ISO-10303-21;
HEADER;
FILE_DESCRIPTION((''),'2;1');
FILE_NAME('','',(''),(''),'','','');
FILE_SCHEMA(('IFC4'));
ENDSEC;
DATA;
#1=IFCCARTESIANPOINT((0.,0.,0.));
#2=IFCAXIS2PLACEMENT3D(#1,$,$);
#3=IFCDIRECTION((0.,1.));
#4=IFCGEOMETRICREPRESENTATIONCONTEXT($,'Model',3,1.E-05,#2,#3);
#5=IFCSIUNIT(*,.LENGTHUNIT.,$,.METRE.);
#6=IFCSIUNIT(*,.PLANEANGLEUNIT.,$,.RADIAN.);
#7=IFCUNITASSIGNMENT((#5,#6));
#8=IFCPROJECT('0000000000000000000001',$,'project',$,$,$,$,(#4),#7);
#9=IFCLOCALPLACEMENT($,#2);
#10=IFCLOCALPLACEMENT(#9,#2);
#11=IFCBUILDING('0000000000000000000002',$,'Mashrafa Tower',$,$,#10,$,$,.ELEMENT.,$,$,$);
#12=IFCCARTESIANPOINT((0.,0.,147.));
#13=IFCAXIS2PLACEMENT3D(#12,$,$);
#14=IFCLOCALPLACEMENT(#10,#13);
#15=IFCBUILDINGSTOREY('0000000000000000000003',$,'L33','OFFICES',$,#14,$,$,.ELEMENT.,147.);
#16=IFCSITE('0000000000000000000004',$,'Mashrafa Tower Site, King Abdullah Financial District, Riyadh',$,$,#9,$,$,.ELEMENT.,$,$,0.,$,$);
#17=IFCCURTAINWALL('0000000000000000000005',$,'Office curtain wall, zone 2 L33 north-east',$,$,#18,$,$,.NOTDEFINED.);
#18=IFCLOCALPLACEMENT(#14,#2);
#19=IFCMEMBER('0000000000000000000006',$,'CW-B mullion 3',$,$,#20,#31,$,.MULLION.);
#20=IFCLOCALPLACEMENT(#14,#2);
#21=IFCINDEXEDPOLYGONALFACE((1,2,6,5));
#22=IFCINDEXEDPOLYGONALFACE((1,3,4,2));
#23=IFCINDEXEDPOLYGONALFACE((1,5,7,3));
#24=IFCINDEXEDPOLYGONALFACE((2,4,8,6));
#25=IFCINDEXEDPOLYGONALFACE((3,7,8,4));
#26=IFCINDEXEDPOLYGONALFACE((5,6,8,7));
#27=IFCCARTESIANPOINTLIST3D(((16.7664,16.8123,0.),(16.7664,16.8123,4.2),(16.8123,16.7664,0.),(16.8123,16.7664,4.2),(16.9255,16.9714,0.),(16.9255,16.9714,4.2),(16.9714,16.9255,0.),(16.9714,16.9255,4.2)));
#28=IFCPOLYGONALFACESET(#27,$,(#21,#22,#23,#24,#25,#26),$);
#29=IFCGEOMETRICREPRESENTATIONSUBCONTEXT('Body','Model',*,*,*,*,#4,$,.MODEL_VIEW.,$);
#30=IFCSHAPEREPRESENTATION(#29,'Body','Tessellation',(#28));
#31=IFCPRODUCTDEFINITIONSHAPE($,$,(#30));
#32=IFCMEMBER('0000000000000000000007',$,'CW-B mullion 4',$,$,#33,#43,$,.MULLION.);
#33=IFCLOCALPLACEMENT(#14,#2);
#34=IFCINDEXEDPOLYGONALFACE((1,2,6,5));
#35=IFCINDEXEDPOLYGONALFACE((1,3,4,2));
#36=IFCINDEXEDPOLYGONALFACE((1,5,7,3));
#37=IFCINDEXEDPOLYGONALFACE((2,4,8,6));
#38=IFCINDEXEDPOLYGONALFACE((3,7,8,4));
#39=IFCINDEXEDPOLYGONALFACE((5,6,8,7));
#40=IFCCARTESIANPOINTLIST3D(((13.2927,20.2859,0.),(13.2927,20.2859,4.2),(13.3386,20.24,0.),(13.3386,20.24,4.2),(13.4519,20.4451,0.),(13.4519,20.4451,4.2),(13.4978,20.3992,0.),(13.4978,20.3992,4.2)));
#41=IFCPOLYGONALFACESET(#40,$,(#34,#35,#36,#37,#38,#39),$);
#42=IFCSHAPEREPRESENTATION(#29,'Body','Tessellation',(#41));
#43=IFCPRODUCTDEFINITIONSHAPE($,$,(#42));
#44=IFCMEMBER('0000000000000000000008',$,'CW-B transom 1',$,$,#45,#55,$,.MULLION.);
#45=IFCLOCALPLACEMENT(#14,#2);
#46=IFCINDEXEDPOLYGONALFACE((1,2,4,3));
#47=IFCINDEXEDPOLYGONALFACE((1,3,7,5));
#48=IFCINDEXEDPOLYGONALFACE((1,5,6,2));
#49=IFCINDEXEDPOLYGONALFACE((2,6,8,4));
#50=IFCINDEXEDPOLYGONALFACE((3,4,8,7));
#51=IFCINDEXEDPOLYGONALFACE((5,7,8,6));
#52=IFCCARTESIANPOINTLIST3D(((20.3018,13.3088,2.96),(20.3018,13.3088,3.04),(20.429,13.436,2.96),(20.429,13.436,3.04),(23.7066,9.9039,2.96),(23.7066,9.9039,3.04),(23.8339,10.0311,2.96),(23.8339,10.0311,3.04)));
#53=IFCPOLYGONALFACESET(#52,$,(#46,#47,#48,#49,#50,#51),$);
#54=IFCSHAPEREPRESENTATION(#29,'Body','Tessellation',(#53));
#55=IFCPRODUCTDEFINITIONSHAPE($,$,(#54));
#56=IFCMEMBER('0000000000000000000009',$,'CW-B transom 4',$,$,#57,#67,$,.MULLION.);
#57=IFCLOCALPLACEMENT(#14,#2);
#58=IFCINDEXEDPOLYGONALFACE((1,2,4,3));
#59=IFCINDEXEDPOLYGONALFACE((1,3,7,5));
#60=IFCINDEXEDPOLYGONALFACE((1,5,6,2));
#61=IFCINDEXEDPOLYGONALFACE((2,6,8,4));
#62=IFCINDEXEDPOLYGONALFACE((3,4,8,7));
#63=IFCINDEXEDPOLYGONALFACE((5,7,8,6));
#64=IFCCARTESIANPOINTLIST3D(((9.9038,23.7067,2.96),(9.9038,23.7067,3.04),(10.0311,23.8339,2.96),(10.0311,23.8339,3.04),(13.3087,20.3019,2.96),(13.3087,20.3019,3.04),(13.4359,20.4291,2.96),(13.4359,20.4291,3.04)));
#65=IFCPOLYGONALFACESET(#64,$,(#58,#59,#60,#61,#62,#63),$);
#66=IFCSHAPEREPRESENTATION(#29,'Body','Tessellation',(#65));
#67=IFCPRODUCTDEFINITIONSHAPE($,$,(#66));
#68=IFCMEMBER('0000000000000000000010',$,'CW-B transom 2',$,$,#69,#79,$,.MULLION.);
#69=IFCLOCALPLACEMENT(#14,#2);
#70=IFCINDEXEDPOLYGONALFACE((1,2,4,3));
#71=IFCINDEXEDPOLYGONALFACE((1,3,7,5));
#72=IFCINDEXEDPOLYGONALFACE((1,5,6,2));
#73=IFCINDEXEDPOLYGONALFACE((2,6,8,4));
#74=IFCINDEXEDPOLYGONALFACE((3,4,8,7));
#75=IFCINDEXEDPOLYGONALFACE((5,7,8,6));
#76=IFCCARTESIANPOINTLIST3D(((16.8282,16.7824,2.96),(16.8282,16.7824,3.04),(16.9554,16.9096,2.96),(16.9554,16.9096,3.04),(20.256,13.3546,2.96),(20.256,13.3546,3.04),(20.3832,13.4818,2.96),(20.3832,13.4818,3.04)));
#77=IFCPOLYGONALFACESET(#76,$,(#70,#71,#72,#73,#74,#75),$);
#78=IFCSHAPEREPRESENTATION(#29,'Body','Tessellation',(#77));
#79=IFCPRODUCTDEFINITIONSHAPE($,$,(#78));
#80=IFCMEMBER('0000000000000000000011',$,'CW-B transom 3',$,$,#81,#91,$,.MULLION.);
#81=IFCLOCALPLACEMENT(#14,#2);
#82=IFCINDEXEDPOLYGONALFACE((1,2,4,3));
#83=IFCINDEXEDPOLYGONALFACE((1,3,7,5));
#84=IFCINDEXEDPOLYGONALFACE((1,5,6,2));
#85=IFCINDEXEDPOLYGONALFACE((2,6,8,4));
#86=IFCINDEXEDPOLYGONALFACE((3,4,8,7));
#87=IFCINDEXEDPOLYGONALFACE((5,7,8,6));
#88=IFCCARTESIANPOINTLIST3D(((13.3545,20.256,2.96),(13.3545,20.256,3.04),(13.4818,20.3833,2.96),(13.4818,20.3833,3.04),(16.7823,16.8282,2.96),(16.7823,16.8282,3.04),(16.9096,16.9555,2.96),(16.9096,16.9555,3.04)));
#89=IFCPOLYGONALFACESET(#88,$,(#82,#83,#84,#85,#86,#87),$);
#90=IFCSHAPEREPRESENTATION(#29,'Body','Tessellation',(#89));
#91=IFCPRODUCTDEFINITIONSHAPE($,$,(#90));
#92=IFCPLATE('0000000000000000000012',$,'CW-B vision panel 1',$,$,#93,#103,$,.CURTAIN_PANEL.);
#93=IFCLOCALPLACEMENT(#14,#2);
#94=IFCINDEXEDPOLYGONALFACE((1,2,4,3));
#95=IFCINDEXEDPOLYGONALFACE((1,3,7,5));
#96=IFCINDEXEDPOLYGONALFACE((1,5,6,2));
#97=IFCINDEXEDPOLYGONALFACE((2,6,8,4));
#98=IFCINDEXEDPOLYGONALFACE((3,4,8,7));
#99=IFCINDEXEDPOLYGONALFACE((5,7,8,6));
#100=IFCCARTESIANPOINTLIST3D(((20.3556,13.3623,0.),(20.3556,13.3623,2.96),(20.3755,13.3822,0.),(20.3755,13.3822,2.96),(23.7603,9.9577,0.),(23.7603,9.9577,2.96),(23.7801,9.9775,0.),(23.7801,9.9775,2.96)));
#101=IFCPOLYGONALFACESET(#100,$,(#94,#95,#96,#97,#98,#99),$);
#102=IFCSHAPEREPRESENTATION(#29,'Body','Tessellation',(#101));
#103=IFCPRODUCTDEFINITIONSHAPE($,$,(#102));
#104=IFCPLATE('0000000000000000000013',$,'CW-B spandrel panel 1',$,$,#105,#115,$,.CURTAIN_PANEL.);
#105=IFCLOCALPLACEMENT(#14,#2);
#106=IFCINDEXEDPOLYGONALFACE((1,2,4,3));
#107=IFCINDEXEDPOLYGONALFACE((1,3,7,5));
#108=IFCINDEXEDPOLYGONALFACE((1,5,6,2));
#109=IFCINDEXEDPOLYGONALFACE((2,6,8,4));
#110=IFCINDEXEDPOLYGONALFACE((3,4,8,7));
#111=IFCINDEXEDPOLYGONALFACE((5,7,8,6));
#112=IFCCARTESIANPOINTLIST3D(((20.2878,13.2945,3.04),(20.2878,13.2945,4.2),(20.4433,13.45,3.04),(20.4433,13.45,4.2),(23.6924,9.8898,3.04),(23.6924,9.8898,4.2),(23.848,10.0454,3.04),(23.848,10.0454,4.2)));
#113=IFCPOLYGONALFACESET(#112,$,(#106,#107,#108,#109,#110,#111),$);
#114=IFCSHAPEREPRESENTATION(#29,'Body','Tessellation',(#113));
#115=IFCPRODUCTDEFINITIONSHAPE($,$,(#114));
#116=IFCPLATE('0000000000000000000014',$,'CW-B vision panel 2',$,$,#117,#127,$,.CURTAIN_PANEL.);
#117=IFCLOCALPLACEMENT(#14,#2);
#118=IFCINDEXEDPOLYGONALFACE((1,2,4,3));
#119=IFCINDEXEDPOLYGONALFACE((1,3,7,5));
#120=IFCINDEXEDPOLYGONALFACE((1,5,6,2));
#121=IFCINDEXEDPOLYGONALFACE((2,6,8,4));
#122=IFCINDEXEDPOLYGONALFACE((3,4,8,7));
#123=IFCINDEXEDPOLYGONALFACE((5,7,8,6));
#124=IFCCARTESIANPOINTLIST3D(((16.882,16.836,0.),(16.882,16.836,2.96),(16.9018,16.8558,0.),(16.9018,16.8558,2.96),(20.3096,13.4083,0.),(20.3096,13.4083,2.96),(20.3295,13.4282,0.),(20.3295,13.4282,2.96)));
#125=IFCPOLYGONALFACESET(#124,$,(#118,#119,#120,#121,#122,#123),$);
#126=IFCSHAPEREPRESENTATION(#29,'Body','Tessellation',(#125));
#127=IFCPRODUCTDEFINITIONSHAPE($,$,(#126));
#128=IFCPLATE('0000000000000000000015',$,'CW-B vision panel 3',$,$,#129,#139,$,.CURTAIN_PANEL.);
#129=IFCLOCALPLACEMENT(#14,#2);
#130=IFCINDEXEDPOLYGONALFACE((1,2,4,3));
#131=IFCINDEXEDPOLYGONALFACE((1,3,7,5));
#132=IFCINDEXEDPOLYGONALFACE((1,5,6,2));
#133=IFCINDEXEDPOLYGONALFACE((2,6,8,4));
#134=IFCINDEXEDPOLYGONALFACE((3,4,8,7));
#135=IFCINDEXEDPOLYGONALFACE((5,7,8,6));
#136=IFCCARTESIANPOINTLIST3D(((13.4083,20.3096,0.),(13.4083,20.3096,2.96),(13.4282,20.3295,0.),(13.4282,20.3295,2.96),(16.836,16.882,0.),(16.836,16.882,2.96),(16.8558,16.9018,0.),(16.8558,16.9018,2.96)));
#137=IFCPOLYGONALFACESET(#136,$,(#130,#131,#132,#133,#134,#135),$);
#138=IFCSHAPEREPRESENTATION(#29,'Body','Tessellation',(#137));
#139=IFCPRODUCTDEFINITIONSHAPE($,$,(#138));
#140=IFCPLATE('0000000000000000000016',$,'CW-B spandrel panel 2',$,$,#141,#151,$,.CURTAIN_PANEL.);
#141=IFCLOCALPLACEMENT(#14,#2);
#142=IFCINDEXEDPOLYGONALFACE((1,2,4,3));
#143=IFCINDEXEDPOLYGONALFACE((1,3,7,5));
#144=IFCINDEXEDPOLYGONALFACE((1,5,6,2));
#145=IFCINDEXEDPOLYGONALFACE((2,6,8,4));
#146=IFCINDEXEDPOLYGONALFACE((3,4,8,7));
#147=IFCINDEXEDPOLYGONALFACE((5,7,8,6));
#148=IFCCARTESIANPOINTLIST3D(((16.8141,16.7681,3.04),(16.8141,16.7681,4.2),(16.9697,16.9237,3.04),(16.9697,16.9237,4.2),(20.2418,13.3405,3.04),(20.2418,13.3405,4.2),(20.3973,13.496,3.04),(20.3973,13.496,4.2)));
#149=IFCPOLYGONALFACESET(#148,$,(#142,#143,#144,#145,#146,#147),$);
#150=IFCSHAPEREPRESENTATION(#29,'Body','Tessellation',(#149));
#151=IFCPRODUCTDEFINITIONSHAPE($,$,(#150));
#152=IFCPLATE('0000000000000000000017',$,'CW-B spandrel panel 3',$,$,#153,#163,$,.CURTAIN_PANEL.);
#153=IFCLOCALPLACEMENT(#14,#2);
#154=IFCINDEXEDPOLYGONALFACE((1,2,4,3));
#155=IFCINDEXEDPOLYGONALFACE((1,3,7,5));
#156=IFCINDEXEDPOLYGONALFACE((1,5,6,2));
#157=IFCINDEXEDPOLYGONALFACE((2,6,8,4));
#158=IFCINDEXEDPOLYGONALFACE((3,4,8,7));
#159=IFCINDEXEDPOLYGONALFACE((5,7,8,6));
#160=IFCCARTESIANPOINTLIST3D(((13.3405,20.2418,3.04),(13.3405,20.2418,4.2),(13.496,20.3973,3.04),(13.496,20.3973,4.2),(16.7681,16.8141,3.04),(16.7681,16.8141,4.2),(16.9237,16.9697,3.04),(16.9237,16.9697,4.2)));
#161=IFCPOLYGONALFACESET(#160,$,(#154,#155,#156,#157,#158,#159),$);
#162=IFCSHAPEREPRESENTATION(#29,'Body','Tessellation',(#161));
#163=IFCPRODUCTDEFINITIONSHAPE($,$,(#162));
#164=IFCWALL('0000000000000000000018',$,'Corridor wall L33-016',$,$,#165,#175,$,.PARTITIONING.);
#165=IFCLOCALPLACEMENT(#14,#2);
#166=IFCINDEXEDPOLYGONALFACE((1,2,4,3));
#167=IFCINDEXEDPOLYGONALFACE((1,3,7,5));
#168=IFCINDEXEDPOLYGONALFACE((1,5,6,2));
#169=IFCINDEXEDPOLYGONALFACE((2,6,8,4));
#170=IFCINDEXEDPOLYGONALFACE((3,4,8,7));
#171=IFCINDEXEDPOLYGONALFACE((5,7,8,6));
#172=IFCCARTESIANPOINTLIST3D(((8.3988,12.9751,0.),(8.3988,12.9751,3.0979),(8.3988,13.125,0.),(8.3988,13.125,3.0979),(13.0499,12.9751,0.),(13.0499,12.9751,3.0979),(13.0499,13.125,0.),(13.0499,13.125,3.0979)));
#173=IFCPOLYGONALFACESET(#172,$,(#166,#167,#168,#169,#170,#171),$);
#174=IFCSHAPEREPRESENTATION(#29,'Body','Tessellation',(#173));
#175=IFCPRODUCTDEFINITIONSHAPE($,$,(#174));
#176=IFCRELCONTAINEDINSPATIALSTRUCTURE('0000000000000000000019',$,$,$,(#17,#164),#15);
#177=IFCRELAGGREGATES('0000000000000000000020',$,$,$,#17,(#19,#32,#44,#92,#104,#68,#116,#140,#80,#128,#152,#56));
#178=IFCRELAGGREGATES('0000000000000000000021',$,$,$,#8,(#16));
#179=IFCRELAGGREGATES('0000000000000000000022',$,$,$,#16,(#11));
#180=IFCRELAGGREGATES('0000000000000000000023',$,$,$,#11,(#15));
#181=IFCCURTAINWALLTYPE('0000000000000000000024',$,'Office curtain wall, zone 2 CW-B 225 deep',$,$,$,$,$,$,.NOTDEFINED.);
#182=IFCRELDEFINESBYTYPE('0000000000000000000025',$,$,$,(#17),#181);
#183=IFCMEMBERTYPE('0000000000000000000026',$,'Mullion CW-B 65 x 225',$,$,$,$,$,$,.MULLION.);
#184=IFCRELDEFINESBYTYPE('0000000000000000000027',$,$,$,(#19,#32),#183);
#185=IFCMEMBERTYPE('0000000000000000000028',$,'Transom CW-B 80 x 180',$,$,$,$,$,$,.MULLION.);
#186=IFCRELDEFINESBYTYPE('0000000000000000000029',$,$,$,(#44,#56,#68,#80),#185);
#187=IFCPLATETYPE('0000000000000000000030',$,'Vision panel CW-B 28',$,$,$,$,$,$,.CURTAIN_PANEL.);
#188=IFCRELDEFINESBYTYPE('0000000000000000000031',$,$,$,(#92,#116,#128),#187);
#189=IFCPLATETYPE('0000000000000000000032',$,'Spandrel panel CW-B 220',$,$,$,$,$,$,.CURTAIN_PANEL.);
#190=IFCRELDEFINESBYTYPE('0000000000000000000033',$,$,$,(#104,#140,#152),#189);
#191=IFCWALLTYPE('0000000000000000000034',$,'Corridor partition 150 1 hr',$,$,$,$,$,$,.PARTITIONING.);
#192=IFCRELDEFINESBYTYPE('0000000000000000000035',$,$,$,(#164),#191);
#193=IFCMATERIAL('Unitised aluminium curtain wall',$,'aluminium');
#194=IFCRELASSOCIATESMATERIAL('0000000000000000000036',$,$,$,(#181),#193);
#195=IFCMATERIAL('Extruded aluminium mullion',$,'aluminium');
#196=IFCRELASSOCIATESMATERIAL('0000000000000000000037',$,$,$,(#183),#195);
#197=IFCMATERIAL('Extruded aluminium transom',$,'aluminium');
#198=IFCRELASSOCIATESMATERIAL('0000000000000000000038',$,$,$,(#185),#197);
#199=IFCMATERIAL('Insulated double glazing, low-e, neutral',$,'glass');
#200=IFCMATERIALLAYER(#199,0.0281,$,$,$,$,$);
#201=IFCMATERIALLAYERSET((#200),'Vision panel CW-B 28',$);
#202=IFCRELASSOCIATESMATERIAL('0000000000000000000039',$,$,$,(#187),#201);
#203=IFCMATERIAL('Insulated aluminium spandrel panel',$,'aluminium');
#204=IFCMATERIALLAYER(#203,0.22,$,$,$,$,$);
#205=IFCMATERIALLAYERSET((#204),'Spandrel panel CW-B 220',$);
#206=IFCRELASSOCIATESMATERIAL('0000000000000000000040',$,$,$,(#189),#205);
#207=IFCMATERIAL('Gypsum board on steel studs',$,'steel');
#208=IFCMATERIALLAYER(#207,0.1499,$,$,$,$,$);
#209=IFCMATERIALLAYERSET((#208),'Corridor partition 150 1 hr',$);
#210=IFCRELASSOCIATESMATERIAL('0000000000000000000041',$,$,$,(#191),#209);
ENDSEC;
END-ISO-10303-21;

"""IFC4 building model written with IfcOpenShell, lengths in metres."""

from ifc_helpers import new_model, si_unit, direction, frame, frame_2d, origin, origin_2d, place, context, subcontext, project, spatial, rectangle, extrude, source, transform, mapped, material, layer, layer_set, material_profile, profile_set, type_object, type_shapes, element, aggregate, save


model = new_model("IFC4")

# Units and contexts
model_context = context("Model", 3, precision=1e-05, world=origin(), true_north=direction((0.0, 1.0)))
body_context = subcontext(model_context, "Body", "Model", "MODEL_VIEW")
ifc_project = project(units=[si_unit("LENGTHUNIT", "METRE"), si_unit("PLANEANGLEUNIT", "RADIAN")], contexts=[model_context])

# Site, building, storey
site_placement = place(None, origin())
site = spatial("IfcSite", under=ifc_project, at=site_placement, Name="Mashrafa Tower Site, King Abdullah Financial District, Riyadh", CompositionType="ELEMENT", RefElevation=0.0)
building_placement = place(site_placement, origin())
building = spatial("IfcBuilding", under=site, at=building_placement, Name="Mashrafa Tower", CompositionType="ELEMENT")
storey_placement = place(building_placement, frame((0.0, 0.0, 147.0)))
storey = spatial("IfcBuildingStorey", under=building, at=storey_placement, Name="L33", Description="OFFICES", CompositionType="ELEMENT", Elevation=147.0)

# Shared definitions
ifc_material_1 = material(Name="Unitised aluminium curtain wall", Category="aluminium")
curtain_wall_type = type_object("IfcCurtainWallType", Name="Office curtain wall, zone 2 CW-B 225 deep", PredefinedType="NOTDEFINED", material=ifc_material_1)
ifc_material_2 = material(Name="Extruded aluminium mullion", Category="aluminium")
ifc_material_profile_1 = material_profile(ifc_material_2, rectangle(XDim=0.2251, YDim=0.0649, at=origin_2d()), Name="Mullion 65x225")
ifc_profile_set_1 = profile_set([ifc_material_profile_1], Name="Extruded aluminium mullion")
member_type_1 = type_object("IfcMemberType", Name="Mullion CW-B 65 x 225", PredefinedType="MULLION", material=ifc_profile_set_1)
shared_shape_1 = source(origin(), body_context, "Body", "SweptSolid", [
    extrude(rectangle(XDim=0.2251, YDim=0.0649, at=origin_2d()), origin(), (0.0, 0.0, 1.0), 4.2),
])
type_shapes(member_type_1, [shared_shape_1])

# Curtain wall, members, plates
curtain_wall_1_placement = place(storey_placement, origin())
curtain_wall_1 = element("IfcCurtainWall", 1, at=curtain_wall_1_placement, inside=storey, type_object=curtain_wall_type, Name="Office curtain wall, zone 2 L33 north-east", PredefinedType="NOTDEFINED")
member_1_placement = place(storey_placement, frame((16.8689, 16.8689, 0.0), z_axis=(0.0, 0.0, 1.0), x_axis=(-0.707107, -0.707107, 0.0)))
member_1 = element("IfcMember", 2, at=member_1_placement, type_object=member_type_1, Name="CW-B mullion 3", PredefinedType="MULLION", context=body_context, shape_type="MappedRepresentation", body=[
    mapped(shared_shape_1, transform((0.0, 0.0, 0.0))),
])
member_2_placement = place(storey_placement, frame((13.3953, 20.3425, 0.0), z_axis=(0.0, 0.0, 1.0), x_axis=(-0.707107, -0.707107, 0.0)))
member_2 = element("IfcMember", 3, at=member_2_placement, type_object=member_type_1, Name="CW-B mullion 4", PredefinedType="MULLION", context=body_context, shape_type="MappedRepresentation", body=[
    mapped(shared_shape_1, transform((0.0, 0.0, 0.0))),
])
ifc_material_3 = material(Name="Extruded aluminium transom", Category="aluminium")
ifc_material_profile_2 = material_profile(ifc_material_3, rectangle(XDim=0.1799, YDim=0.0801, at=origin_2d()), Name="Transom 80x180")
ifc_profile_set_2 = profile_set([ifc_material_profile_2], Name="Extruded aluminium transom")
member_type_2 = type_object("IfcMemberType", Name="Transom CW-B 80 x 180", PredefinedType="MULLION", material=ifc_profile_set_2)
shared_shape_2 = source(origin(), body_context, "Body", "SweptSolid", [
    extrude(rectangle(XDim=0.1799, YDim=0.0801, at=origin_2d()), origin(), (0.0, 0.0, 1.0), 4.8152),
])
member_3_placement = place(storey_placement, frame((23.7703, 9.9675, 3.0), z_axis=(-0.707107, 0.707107, 0.0), x_axis=(-0.707107, -0.707107, 0.0)))
member_3 = element("IfcMember", 4, at=member_3_placement, type_object=member_type_2, Name="CW-B transom 1", PredefinedType="MULLION", context=body_context, shape_type="MappedRepresentation", body=[
    mapped(shared_shape_2, transform((0.0, 0.0, 0.0))),
])
member_4_placement = place(storey_placement, frame((13.3723, 20.3655, 3.0), z_axis=(-0.707107, 0.707107, 0.0), x_axis=(-0.707107, -0.707107, 0.0)))
member_4 = element("IfcMember", 5, at=member_4_placement, type_object=member_type_2, Name="CW-B transom 4", PredefinedType="MULLION", context=body_context, shape_type="MappedRepresentation", body=[
    mapped(shared_shape_2, transform((0.0, 0.0, 0.0))),
])
shared_shape_3 = source(origin(), body_context, "Body", "SweptSolid", [
    extrude(rectangle(XDim=0.1799, YDim=0.0801, at=origin_2d()), origin(), (0.0, 0.0, 1.0), 4.8477),
])
type_shapes(member_type_2, [shared_shape_2, shared_shape_3])
member_5_placement = place(storey_placement, frame((20.3196, 13.4182, 3.0), z_axis=(-0.707107, 0.707107, 0.0), x_axis=(-0.707107, -0.707107, 0.0)))
member_5 = element("IfcMember", 6, at=member_5_placement, type_object=member_type_2, Name="CW-B transom 2", PredefinedType="MULLION", context=body_context, shape_type="MappedRepresentation", body=[
    mapped(shared_shape_3, transform((0.0, 0.0, 0.0))),
])
member_6_placement = place(storey_placement, frame((16.8459, 16.8918, 3.0), z_axis=(-0.707107, 0.707107, 0.0), x_axis=(-0.707107, -0.707107, 0.0)))
member_6 = element("IfcMember", 7, at=member_6_placement, type_object=member_type_2, Name="CW-B transom 3", PredefinedType="MULLION", context=body_context, shape_type="MappedRepresentation", body=[
    mapped(shared_shape_3, transform((0.0, 0.0, 0.0))),
])
ifc_material_4 = material(Name="Insulated double glazing, low-e, neutral", Category="glass")
ifc_layer_1 = layer(ifc_material_4, 0.0281)
ifc_layer_set_1 = layer_set([ifc_layer_1], Name="Vision panel CW-B 28")
plate_type_1 = type_object("IfcPlateType", Name="Vision panel CW-B 28", PredefinedType="CURTAIN_PANEL", material=ifc_layer_set_1)
shared_shape_4 = source(origin(), body_context, "Body", "SweptSolid", [
    extrude(rectangle(XDim=4.8149, YDim=0.0281, at=origin_2d()), origin(), (0.0, 0.0, 1.0), 2.96),
])
plate_1_placement = place(storey_placement, frame((22.0679, 11.6699, 0.0), z_axis=(0.0, 0.0, 1.0), x_axis=(-0.707107, 0.707107, 0.0)))
plate_1 = element("IfcPlate", 8, at=plate_1_placement, type_object=plate_type_1, Name="CW-B vision panel 1", PredefinedType="CURTAIN_PANEL", context=body_context, shape_type="MappedRepresentation", body=[
    mapped(shared_shape_4, transform((0.0, 0.0, 0.0))),
])
ifc_material_5 = material(Name="Insulated aluminium spandrel panel", Category="aluminium")
ifc_layer_2 = layer(ifc_material_5, 0.22)
ifc_layer_set_2 = layer_set([ifc_layer_2], Name="Spandrel panel CW-B 220")
plate_type_2 = type_object("IfcPlateType", Name="Spandrel panel CW-B 220", PredefinedType="CURTAIN_PANEL", material=ifc_layer_set_2)
shared_shape_5 = source(origin(), body_context, "Body", "SweptSolid", [
    extrude(rectangle(XDim=4.8149, YDim=0.22, at=origin_2d()), origin(), (0.0, 0.0, 1.0), 1.1599),
])
plate_2_placement = place(storey_placement, frame((22.0679, 11.6699, 3.04), z_axis=(0.0, 0.0, 1.0), x_axis=(-0.707107, 0.707107, 0.0)))
plate_2 = element("IfcPlate", 9, at=plate_2_placement, type_object=plate_type_2, Name="CW-B spandrel panel 1", PredefinedType="CURTAIN_PANEL", context=body_context, shape_type="MappedRepresentation", body=[
    mapped(shared_shape_5, transform((0.0, 0.0, 0.0))),
])
shared_shape_6 = source(origin(), body_context, "Body", "SweptSolid", [
    extrude(rectangle(XDim=4.8474, YDim=0.0281, at=origin_2d()), origin(), (0.0, 0.0, 1.0), 2.96),
])
type_shapes(plate_type_1, [shared_shape_4, shared_shape_6])
plate_3_placement = place(storey_placement, frame((18.6057, 15.1321, 0.0), z_axis=(0.0, 0.0, 1.0), x_axis=(-0.707107, 0.707107, 0.0)))
plate_3 = element("IfcPlate", 10, at=plate_3_placement, type_object=plate_type_1, Name="CW-B vision panel 2", PredefinedType="CURTAIN_PANEL", context=body_context, shape_type="MappedRepresentation", body=[
    mapped(shared_shape_6, transform((0.0, 0.0, 0.0))),
])
plate_4_placement = place(storey_placement, frame((15.1321, 18.6057, 0.0), z_axis=(0.0, 0.0, 1.0), x_axis=(-0.707107, 0.707107, 0.0)))
plate_4 = element("IfcPlate", 11, at=plate_4_placement, type_object=plate_type_1, Name="CW-B vision panel 3", PredefinedType="CURTAIN_PANEL", context=body_context, shape_type="MappedRepresentation", body=[
    mapped(shared_shape_6, transform((0.0, 0.0, 0.0))),
])
shared_shape_7 = source(origin(), body_context, "Body", "SweptSolid", [
    extrude(rectangle(XDim=4.8474, YDim=0.22, at=origin_2d()), origin(), (0.0, 0.0, 1.0), 1.1599),
])
type_shapes(plate_type_2, [shared_shape_5, shared_shape_7])
plate_5_placement = place(storey_placement, frame((18.6057, 15.1321, 3.04), z_axis=(0.0, 0.0, 1.0), x_axis=(-0.707107, 0.707107, 0.0)))
plate_5 = element("IfcPlate", 12, at=plate_5_placement, type_object=plate_type_2, Name="CW-B spandrel panel 2", PredefinedType="CURTAIN_PANEL", context=body_context, shape_type="MappedRepresentation", body=[
    mapped(shared_shape_7, transform((0.0, 0.0, 0.0))),
])
plate_6_placement = place(storey_placement, frame((15.1321, 18.6057, 3.04), z_axis=(0.0, 0.0, 1.0), x_axis=(-0.707107, 0.707107, 0.0)))
plate_6 = element("IfcPlate", 13, at=plate_6_placement, type_object=plate_type_2, Name="CW-B spandrel panel 3", PredefinedType="CURTAIN_PANEL", context=body_context, shape_type="MappedRepresentation", body=[
    mapped(shared_shape_7, transform((0.0, 0.0, 0.0))),
])
aggregate(curtain_wall_1, [member_1, member_2, member_3, plate_1, plate_2, member_5, plate_3, plate_5, member_6, plate_4, plate_6, member_4])

# Wall
ifc_material_6 = material(Name="Gypsum board on steel studs", Category="steel")
ifc_layer_3 = layer(ifc_material_6, 0.1499)
ifc_layer_set_3 = layer_set([ifc_layer_3], Name="Corridor partition 150 1 hr")
wall_type = type_object("IfcWallType", Name="Corridor partition 150 1 hr", PredefinedType="PARTITIONING", material=ifc_layer_set_3)
wall_placement = place(storey_placement, frame((13.05, 13.05, 0.0), z_axis=(0.0, 0.0, 1.0), x_axis=(-1.0, 0.0, 0.0)))
element("IfcWall", 14, at=wall_placement, inside=storey, type_object=wall_type, Name="Corridor wall L33-016", PredefinedType="PARTITIONING", context=body_context, shape_type="SweptSolid", body=[
    extrude(rectangle(XDim=4.6511, YDim=0.1499, at=frame_2d((2.3257, 0.0))), origin(), (0.0, 0.0, 1.0), 3.0979),
])

save(model, "model.ifc")
